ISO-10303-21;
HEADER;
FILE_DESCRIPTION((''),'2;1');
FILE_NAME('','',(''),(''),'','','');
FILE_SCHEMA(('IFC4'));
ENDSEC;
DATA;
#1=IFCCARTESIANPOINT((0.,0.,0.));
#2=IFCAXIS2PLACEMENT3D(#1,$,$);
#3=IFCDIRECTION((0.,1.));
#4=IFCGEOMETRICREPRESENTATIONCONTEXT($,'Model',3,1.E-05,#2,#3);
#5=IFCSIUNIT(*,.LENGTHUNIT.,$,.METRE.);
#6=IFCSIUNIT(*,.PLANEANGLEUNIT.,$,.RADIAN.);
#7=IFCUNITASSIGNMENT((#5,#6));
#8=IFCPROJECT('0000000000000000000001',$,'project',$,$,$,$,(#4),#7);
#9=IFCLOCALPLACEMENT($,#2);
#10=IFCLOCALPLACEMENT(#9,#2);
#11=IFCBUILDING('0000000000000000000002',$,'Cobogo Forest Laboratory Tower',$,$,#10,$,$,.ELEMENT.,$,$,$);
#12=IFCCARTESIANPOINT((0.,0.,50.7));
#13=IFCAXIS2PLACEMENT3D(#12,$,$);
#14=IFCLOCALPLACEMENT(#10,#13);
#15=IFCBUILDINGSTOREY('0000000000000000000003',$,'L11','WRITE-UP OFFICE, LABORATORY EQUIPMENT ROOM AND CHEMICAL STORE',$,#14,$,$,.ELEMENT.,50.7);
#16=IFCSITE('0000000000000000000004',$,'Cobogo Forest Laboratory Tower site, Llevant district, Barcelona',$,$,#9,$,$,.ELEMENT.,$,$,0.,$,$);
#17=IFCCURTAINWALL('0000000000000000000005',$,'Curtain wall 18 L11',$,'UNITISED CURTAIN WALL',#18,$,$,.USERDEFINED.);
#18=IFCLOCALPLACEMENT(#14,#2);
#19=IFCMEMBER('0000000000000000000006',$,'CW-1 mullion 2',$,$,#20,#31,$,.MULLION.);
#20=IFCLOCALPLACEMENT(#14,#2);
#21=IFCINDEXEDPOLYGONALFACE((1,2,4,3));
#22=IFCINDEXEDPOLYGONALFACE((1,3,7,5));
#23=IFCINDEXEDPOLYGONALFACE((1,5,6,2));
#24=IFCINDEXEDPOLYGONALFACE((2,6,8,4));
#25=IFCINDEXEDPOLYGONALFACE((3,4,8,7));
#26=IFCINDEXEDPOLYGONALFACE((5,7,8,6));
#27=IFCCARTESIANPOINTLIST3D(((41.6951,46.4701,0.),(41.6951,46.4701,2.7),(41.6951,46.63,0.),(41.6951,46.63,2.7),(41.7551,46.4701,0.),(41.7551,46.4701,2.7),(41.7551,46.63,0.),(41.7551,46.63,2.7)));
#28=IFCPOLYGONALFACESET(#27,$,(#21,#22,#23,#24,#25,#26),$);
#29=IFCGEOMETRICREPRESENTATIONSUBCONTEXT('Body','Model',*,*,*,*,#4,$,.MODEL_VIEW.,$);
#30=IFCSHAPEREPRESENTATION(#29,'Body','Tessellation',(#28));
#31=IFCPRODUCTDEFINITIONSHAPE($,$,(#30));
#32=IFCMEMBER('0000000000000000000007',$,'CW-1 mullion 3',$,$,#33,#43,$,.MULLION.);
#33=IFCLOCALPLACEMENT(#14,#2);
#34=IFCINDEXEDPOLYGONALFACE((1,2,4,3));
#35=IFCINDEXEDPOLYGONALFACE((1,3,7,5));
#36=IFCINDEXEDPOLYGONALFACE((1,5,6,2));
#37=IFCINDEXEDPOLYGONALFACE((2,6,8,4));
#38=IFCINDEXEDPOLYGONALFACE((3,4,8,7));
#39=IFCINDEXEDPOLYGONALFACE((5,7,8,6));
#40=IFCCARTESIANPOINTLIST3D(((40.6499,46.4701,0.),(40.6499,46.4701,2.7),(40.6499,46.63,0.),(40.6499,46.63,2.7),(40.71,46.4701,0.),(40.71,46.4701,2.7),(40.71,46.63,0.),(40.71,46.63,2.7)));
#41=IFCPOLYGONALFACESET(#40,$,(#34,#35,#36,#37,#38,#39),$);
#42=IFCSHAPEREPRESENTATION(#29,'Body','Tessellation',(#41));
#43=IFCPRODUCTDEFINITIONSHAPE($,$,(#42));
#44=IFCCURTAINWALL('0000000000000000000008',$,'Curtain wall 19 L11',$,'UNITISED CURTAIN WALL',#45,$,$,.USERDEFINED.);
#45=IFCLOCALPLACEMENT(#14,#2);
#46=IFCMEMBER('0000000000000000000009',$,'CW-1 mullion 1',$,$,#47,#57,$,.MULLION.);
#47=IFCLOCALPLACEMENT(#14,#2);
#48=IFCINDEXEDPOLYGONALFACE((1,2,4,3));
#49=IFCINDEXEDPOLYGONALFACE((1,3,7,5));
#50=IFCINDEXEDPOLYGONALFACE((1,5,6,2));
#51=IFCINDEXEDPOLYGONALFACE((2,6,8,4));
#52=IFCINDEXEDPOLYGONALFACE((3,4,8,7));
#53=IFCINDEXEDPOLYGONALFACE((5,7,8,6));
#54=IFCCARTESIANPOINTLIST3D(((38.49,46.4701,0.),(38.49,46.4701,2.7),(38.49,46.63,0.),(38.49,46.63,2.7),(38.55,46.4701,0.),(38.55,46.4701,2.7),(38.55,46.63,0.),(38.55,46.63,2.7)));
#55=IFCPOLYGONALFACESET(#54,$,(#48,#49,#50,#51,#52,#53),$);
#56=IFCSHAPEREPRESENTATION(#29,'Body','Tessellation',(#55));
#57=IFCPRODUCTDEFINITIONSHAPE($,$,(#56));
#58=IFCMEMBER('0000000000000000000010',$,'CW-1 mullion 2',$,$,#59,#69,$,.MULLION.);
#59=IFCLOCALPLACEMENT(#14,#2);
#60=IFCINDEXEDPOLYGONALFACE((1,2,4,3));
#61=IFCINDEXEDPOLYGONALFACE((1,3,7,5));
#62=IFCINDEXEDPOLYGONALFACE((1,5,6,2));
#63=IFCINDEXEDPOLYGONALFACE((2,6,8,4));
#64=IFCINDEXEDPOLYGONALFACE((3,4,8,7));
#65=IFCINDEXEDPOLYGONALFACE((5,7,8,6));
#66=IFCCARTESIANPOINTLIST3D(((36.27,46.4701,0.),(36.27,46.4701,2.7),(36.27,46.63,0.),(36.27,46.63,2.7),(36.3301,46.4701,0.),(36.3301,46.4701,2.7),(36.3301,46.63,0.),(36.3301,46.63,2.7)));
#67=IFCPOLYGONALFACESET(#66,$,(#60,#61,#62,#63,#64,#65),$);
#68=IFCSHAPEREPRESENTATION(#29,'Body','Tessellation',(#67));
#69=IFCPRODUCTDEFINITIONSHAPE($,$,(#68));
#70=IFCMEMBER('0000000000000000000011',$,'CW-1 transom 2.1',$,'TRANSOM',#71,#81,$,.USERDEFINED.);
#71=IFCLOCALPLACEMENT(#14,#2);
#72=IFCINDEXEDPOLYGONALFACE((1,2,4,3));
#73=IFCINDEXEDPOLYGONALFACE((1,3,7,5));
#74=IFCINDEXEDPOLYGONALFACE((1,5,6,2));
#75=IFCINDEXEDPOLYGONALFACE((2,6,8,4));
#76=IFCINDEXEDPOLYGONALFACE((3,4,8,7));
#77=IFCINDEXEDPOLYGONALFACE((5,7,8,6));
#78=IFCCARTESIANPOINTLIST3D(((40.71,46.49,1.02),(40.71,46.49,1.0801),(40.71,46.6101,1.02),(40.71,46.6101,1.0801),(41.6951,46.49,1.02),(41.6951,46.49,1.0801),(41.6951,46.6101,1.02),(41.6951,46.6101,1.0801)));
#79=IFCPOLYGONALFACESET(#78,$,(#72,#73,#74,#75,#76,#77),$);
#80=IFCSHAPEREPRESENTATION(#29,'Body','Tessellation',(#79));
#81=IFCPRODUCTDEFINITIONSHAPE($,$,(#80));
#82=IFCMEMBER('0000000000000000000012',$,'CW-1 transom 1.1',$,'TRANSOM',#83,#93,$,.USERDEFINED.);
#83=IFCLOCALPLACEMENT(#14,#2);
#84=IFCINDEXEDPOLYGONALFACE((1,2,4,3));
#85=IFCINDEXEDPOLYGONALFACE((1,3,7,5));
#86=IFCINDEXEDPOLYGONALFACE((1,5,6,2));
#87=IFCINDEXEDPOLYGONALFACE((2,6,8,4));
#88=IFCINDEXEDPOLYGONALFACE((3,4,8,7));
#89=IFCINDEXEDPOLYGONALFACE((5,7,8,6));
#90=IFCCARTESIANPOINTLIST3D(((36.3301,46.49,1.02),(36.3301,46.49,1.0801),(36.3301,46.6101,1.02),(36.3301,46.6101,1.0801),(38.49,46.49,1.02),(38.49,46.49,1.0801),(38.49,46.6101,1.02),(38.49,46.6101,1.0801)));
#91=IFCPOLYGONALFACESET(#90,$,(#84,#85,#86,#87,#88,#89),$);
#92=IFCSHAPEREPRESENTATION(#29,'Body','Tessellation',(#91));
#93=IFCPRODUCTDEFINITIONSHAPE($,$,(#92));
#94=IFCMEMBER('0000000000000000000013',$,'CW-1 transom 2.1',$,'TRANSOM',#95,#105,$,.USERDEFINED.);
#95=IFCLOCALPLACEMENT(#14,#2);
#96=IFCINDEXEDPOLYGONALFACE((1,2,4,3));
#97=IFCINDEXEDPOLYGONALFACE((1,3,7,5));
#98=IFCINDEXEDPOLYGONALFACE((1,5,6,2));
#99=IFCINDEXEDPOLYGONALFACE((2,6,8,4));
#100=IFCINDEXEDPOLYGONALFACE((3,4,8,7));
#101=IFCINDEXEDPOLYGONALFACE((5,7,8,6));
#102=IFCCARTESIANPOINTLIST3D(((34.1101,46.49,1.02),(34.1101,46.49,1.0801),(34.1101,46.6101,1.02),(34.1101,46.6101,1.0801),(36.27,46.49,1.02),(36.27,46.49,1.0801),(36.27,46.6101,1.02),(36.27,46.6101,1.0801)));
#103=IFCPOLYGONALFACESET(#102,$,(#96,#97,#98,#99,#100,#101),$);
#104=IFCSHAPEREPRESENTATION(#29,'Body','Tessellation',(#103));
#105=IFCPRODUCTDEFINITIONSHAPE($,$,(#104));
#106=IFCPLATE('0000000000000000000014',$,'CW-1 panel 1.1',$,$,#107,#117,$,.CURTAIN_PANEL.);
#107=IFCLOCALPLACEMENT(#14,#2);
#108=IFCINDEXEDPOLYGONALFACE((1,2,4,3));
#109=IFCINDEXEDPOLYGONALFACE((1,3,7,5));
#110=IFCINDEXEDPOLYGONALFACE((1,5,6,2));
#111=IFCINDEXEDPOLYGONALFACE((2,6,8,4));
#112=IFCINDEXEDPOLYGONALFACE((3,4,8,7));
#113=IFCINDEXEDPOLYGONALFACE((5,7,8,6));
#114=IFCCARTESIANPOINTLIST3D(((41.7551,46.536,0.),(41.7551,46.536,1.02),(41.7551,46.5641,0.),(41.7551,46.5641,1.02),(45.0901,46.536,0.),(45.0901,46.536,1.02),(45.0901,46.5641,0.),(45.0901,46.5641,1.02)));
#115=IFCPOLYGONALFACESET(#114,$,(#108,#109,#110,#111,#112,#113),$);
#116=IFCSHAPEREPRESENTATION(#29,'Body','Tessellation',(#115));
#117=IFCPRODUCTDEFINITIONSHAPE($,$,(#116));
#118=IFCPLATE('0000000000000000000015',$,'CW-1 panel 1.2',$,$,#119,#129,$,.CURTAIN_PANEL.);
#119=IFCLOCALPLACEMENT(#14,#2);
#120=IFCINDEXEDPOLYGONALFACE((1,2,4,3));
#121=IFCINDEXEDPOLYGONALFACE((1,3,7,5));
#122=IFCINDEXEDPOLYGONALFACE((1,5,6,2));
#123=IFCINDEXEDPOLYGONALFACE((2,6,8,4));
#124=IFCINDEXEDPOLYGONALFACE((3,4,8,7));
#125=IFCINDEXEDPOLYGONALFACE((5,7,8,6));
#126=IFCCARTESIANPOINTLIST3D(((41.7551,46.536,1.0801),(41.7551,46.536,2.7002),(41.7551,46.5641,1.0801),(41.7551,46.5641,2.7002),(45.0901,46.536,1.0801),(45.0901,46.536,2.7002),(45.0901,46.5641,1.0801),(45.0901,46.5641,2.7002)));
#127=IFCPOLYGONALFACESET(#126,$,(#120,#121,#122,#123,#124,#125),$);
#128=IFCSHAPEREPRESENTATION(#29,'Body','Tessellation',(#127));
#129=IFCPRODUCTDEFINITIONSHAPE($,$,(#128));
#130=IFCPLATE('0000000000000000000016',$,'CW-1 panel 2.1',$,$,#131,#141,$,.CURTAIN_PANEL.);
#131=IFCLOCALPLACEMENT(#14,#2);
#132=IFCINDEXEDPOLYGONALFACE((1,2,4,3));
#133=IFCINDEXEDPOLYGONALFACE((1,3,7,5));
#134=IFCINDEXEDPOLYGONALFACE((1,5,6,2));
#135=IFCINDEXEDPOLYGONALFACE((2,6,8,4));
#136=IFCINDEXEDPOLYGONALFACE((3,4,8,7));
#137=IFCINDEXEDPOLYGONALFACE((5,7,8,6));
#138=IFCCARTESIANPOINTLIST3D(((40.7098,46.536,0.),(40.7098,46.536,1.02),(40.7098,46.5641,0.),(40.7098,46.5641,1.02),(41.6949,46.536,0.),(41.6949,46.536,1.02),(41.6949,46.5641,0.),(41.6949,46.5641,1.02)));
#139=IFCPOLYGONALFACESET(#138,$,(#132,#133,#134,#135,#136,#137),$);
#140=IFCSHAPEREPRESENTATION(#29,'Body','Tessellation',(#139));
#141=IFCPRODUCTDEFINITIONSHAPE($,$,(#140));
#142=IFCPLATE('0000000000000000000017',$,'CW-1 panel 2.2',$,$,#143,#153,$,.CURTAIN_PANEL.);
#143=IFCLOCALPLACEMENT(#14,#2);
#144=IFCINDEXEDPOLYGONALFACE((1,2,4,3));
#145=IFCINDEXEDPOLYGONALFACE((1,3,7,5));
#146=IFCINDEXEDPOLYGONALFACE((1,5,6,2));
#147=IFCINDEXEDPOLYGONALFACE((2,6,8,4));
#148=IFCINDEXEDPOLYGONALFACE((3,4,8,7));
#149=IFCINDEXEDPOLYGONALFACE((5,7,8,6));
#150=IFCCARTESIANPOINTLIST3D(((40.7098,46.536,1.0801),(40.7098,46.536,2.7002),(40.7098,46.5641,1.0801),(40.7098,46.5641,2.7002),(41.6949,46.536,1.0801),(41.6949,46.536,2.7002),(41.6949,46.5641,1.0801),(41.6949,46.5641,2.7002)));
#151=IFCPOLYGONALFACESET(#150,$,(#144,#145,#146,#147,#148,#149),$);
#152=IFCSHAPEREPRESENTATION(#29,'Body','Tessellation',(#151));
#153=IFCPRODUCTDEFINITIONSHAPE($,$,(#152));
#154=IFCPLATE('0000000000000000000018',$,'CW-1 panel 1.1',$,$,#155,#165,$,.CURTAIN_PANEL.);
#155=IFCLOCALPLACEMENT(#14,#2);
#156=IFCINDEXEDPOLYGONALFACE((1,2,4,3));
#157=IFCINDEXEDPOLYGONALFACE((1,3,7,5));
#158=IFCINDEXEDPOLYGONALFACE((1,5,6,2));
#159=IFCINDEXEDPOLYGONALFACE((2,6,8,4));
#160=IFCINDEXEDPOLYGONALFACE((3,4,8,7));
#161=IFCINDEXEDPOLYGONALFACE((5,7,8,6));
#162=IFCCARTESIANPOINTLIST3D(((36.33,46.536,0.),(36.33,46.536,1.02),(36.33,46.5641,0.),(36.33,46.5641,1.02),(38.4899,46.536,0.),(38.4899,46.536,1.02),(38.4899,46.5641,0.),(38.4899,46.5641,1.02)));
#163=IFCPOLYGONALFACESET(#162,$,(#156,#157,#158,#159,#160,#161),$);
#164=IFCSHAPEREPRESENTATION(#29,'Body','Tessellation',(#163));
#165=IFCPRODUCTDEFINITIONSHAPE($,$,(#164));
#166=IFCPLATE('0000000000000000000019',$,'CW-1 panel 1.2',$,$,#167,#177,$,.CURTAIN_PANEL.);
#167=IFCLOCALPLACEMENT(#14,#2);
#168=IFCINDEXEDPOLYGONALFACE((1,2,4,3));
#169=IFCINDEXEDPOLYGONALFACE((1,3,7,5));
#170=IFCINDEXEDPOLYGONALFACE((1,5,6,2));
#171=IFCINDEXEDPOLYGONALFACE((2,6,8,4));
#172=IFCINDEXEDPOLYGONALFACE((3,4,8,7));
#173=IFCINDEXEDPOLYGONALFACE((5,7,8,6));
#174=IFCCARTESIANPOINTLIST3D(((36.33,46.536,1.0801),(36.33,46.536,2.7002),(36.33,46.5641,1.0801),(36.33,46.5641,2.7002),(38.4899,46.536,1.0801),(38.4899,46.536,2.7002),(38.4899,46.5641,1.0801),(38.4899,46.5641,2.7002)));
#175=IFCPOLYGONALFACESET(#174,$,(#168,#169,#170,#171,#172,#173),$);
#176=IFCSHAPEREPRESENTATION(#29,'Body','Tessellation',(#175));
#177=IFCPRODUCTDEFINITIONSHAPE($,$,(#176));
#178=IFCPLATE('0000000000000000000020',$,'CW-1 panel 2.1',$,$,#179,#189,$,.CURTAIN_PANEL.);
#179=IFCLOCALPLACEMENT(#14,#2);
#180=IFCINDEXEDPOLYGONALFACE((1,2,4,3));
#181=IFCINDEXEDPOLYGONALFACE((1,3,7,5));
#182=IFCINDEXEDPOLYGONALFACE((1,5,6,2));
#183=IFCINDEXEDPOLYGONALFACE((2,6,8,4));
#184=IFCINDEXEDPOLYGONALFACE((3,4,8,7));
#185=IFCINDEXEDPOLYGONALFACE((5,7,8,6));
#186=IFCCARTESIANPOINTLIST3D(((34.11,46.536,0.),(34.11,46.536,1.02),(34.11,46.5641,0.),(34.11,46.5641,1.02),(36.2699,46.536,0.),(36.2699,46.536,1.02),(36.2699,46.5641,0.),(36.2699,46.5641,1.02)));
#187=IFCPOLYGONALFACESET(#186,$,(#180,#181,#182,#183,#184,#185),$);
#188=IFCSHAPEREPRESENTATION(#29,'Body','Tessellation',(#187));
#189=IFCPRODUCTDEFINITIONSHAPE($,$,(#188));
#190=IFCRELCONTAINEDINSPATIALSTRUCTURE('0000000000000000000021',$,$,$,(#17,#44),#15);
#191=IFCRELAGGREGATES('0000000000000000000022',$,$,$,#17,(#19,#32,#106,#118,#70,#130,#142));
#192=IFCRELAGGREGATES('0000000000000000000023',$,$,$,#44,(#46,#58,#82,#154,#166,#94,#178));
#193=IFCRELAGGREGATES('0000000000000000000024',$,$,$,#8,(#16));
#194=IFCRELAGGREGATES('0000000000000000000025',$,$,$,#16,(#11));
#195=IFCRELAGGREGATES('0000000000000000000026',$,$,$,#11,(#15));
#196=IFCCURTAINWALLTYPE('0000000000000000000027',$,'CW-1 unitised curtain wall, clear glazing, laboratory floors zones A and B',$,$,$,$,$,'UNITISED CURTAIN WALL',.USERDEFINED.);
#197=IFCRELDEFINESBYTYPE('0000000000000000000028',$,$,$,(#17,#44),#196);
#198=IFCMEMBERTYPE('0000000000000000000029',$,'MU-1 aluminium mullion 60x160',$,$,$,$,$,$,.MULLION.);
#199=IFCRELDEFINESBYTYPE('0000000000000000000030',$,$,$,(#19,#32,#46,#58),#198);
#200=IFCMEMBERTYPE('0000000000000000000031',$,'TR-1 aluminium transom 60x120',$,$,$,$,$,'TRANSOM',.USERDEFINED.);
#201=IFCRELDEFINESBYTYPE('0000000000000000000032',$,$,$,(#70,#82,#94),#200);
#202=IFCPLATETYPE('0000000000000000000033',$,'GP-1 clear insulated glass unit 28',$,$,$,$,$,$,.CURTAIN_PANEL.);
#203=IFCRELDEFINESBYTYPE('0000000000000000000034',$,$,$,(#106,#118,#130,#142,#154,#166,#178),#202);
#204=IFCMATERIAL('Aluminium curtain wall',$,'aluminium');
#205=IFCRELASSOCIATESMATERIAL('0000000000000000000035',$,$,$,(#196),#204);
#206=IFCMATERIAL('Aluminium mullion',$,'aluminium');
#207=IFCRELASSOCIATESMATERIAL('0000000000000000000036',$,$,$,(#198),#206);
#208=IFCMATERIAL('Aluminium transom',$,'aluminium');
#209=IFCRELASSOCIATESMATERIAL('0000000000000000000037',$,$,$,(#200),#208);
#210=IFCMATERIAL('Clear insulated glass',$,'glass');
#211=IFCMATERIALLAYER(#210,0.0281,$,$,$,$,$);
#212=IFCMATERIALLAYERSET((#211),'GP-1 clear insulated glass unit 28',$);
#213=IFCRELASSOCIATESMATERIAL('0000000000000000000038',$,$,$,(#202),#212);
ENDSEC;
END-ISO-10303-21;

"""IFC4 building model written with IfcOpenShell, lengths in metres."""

from ifc_helpers import new_model, si_unit, direction, frame, origin, origin_2d, place, context, subcontext, project, spatial, rectangle, extrude, material, layer, layer_set, material_profile, profile_set, type_object, element, aggregate, save


model = new_model("IFC4")

# Units and contexts
model_context = context("Model", 3, precision=1e-05, world=origin(), true_north=direction((0.0, 1.0)))
body_context = subcontext(model_context, "Body", "Model", "MODEL_VIEW")
ifc_project = project(units=[si_unit("LENGTHUNIT", "METRE"), si_unit("PLANEANGLEUNIT", "RADIAN")], contexts=[model_context])

# Site, building, storey
site_placement = place(None, origin())
site = spatial("IfcSite", under=ifc_project, at=site_placement, Name="Cobogo Forest Laboratory Tower site, Llevant district, Barcelona", CompositionType="ELEMENT", RefElevation=0.0)
building_placement = place(site_placement, origin())
building = spatial("IfcBuilding", under=site, at=building_placement, Name="Cobogo Forest Laboratory Tower", CompositionType="ELEMENT")
storey_placement = place(building_placement, frame((0.0, 0.0, 50.7)))
storey = spatial("IfcBuildingStorey", under=building, at=storey_placement, Name="L11", Description="WRITE-UP OFFICE, LABORATORY EQUIPMENT ROOM AND CHEMICAL STORE", CompositionType="ELEMENT", Elevation=50.7)

# Curtain walls, members
ifc_material_1 = material(Name="Aluminium curtain wall", Category="aluminium")
curtain_wall_type = type_object("IfcCurtainWallType", Name="CW-1 unitised curtain wall, clear glazing, laboratory floors zones A and B", ElementType="UNITISED CURTAIN WALL", PredefinedType="USERDEFINED", material=ifc_material_1)
curtain_wall_1_placement = place(storey_placement, origin())
curtain_wall_1 = element("IfcCurtainWall", 1, at=curtain_wall_1_placement, inside=storey, type_object=curtain_wall_type, Name="Curtain wall 18 L11", ObjectType="UNITISED CURTAIN WALL", PredefinedType="USERDEFINED")
ifc_material_2 = material(Name="Aluminium mullion", Category="aluminium")
ifc_material_profile_1 = material_profile(ifc_material_2, rectangle(XDim=0.0601, YDim=0.1599, at=origin_2d()), Name="AL 60x160")
ifc_profile_set_1 = profile_set([ifc_material_profile_1], Name="Aluminium mullion")
member_type_1 = type_object("IfcMemberType", Name="MU-1 aluminium mullion 60x160", PredefinedType="MULLION", material=ifc_profile_set_1)
member_1_placement = place(storey_placement, frame((41.7251, 46.55, 0.0), z_axis=(0.0, 0.0, 1.0), x_axis=(-1.0, 0.0, 0.0)))
member_1 = element("IfcMember", 2, at=member_1_placement, type_object=member_type_1, Name="CW-1 mullion 2", PredefinedType="MULLION", context=body_context, shape_type="SweptSolid", body=[
    extrude(rectangle(XDim=0.0601, YDim=0.1599, at=origin_2d()), origin(), (0.0, 0.0, 1.0), 2.7),
])
member_2_placement = place(storey_placement, frame((40.6799, 46.55, 0.0), z_axis=(0.0, 0.0, 1.0), x_axis=(-1.0, 0.0, 0.0)))
member_2 = element("IfcMember", 3, at=member_2_placement, type_object=member_type_1, Name="CW-1 mullion 3", PredefinedType="MULLION", context=body_context, shape_type="SweptSolid", body=[
    extrude(rectangle(XDim=0.0601, YDim=0.1599, at=origin_2d()), origin(), (0.0, 0.0, 1.0), 2.7),
])
curtain_wall_2_placement = place(storey_placement, origin())
curtain_wall_2 = element("IfcCurtainWall", 4, at=curtain_wall_2_placement, inside=storey, type_object=curtain_wall_type, Name="Curtain wall 19 L11", ObjectType="UNITISED CURTAIN WALL", PredefinedType="USERDEFINED")
member_3_placement = place(storey_placement, frame((38.52, 46.55, 0.0), z_axis=(0.0, 0.0, 1.0), x_axis=(-1.0, 0.0, 0.0)))
member_3 = element("IfcMember", 5, at=member_3_placement, type_object=member_type_1, Name="CW-1 mullion 1", PredefinedType="MULLION", context=body_context, shape_type="SweptSolid", body=[
    extrude(rectangle(XDim=0.0601, YDim=0.1599, at=origin_2d()), origin(), (0.0, 0.0, 1.0), 2.7),
])
member_4_placement = place(storey_placement, frame((36.3, 46.55, 0.0), z_axis=(0.0, 0.0, 1.0), x_axis=(-1.0, 0.0, 0.0)))
member_4 = element("IfcMember", 6, at=member_4_placement, type_object=member_type_1, Name="CW-1 mullion 2", PredefinedType="MULLION", context=body_context, shape_type="SweptSolid", body=[
    extrude(rectangle(XDim=0.0601, YDim=0.1599, at=origin_2d()), origin(), (0.0, 0.0, 1.0), 2.7),
])

# Members
ifc_material_3 = material(Name="Aluminium transom", Category="aluminium")
ifc_material_profile_2 = material_profile(ifc_material_3, rectangle(XDim=0.1201, YDim=0.0601, at=origin_2d()), Name="AL 60x120")
ifc_profile_set_2 = profile_set([ifc_material_profile_2], Name="Aluminium transom")
member_type_2 = type_object("IfcMemberType", Name="TR-1 aluminium transom 60x120", ElementType="TRANSOM", PredefinedType="USERDEFINED", material=ifc_profile_set_2)
member_5_placement = place(storey_placement, frame((41.6951, 46.55, 1.05), z_axis=(-1.0, 0.0, 0.0), x_axis=(0.0, -1.0, 0.0)))
member_5 = element("IfcMember", 7, at=member_5_placement, type_object=member_type_2, Name="CW-1 transom 2.1", ObjectType="TRANSOM", PredefinedType="USERDEFINED", context=body_context, shape_type="SweptSolid", body=[
    extrude(rectangle(XDim=0.1201, YDim=0.0601, at=origin_2d()), origin(), (0.0, 0.0, 1.0), 0.9851),
])
member_6_placement = place(storey_placement, frame((38.49, 46.55, 1.05), z_axis=(-1.0, 0.0, 0.0), x_axis=(0.0, -1.0, 0.0)))
member_6 = element("IfcMember", 8, at=member_6_placement, type_object=member_type_2, Name="CW-1 transom 1.1", ObjectType="TRANSOM", PredefinedType="USERDEFINED", context=body_context, shape_type="SweptSolid", body=[
    extrude(rectangle(XDim=0.1201, YDim=0.0601, at=origin_2d()), origin(), (0.0, 0.0, 1.0), 2.1599),
])
member_7_placement = place(storey_placement, frame((36.27, 46.55, 1.05), z_axis=(-1.0, 0.0, 0.0), x_axis=(0.0, -1.0, 0.0)))
member_7 = element("IfcMember", 9, at=member_7_placement, type_object=member_type_2, Name="CW-1 transom 2.1", ObjectType="TRANSOM", PredefinedType="USERDEFINED", context=body_context, shape_type="SweptSolid", body=[
    extrude(rectangle(XDim=0.1201, YDim=0.0601, at=origin_2d()), origin(), (0.0, 0.0, 1.0), 2.1599),
])

# Plates
ifc_material_4 = material(Name="Clear insulated glass", Category="glass")
ifc_layer_1 = layer(ifc_material_4, 0.0281)
ifc_layer_set_1 = layer_set([ifc_layer_1], Name="GP-1 clear insulated glass unit 28")
plate_type_1 = type_object("IfcPlateType", Name="GP-1 clear insulated glass unit 28", PredefinedType="CURTAIN_PANEL", material=ifc_layer_set_1)
plate_1_placement = place(storey_placement, frame((43.4226, 46.55, 0.0), z_axis=(0.0, 0.0, 1.0), x_axis=(-1.0, 0.0, 0.0)))
plate_1 = element("IfcPlate", 10, at=plate_1_placement, type_object=plate_type_1, Name="CW-1 panel 1.1", PredefinedType="CURTAIN_PANEL", context=body_context, shape_type="SweptSolid", body=[
    extrude(rectangle(XDim=3.335, YDim=0.0281, at=origin_2d()), origin(), (0.0, 0.0, 1.0), 1.02),
])
plate_2_placement = place(storey_placement, frame((43.4226, 46.55, 1.0801), z_axis=(0.0, 0.0, 1.0), x_axis=(-1.0, 0.0, 0.0)))
plate_2 = element("IfcPlate", 11, at=plate_2_placement, type_object=plate_type_1, Name="CW-1 panel 1.2", PredefinedType="CURTAIN_PANEL", context=body_context, shape_type="SweptSolid", body=[
    extrude(rectangle(XDim=3.335, YDim=0.0281, at=origin_2d()), origin(), (0.0, 0.0, 1.0), 1.6201),
])
plate_3_placement = place(storey_placement, frame((41.2024, 46.55, 0.0), z_axis=(0.0, 0.0, 1.0), x_axis=(-1.0, 0.0, 0.0)))
plate_3 = element("IfcPlate", 12, at=plate_3_placement, type_object=plate_type_1, Name="CW-1 panel 2.1", PredefinedType="CURTAIN_PANEL", context=body_context, shape_type="SweptSolid", body=[
    extrude(rectangle(XDim=0.9851, YDim=0.0281, at=origin_2d()), origin(), (0.0, 0.0, 1.0), 1.02),
])
plate_4_placement = place(storey_placement, frame((41.2024, 46.55, 1.0801), z_axis=(0.0, 0.0, 1.0), x_axis=(-1.0, 0.0, 0.0)))
plate_4 = element("IfcPlate", 13, at=plate_4_placement, type_object=plate_type_1, Name="CW-1 panel 2.2", PredefinedType="CURTAIN_PANEL", context=body_context, shape_type="SweptSolid", body=[
    extrude(rectangle(XDim=0.9851, YDim=0.0281, at=origin_2d()), origin(), (0.0, 0.0, 1.0), 1.6201),
])
aggregate(curtain_wall_1, [member_1, member_2, plate_1, plate_2, member_5, plate_3, plate_4])
plate_5_placement = place(storey_placement, frame((37.4099, 46.55, 0.0), z_axis=(0.0, 0.0, 1.0), x_axis=(-1.0, 0.0, 0.0)))
plate_5 = element("IfcPlate", 14, at=plate_5_placement, type_object=plate_type_1, Name="CW-1 panel 1.1", PredefinedType="CURTAIN_PANEL", context=body_context, shape_type="SweptSolid", body=[
    extrude(rectangle(XDim=2.1599, YDim=0.0281, at=origin_2d()), origin(), (0.0, 0.0, 1.0), 1.02),
])
plate_6_placement = place(storey_placement, frame((37.4099, 46.55, 1.0801), z_axis=(0.0, 0.0, 1.0), x_axis=(-1.0, 0.0, 0.0)))
plate_6 = element("IfcPlate", 15, at=plate_6_placement, type_object=plate_type_1, Name="CW-1 panel 1.2", PredefinedType="CURTAIN_PANEL", context=body_context, shape_type="SweptSolid", body=[
    extrude(rectangle(XDim=2.1599, YDim=0.0281, at=origin_2d()), origin(), (0.0, 0.0, 1.0), 1.6201),
])
plate_7_placement = place(storey_placement, frame((35.1899, 46.55, 0.0), z_axis=(0.0, 0.0, 1.0), x_axis=(-1.0, 0.0, 0.0)))
plate_7 = element("IfcPlate", 16, at=plate_7_placement, type_object=plate_type_1, Name="CW-1 panel 2.1", PredefinedType="CURTAIN_PANEL", context=body_context, shape_type="SweptSolid", body=[
    extrude(rectangle(XDim=2.1599, YDim=0.0281, at=origin_2d()), origin(), (0.0, 0.0, 1.0), 1.02),
])
aggregate(curtain_wall_2, [member_3, member_4, member_6, plate_5, plate_6, member_7, plate_7])

save(model, "model.ifc")
